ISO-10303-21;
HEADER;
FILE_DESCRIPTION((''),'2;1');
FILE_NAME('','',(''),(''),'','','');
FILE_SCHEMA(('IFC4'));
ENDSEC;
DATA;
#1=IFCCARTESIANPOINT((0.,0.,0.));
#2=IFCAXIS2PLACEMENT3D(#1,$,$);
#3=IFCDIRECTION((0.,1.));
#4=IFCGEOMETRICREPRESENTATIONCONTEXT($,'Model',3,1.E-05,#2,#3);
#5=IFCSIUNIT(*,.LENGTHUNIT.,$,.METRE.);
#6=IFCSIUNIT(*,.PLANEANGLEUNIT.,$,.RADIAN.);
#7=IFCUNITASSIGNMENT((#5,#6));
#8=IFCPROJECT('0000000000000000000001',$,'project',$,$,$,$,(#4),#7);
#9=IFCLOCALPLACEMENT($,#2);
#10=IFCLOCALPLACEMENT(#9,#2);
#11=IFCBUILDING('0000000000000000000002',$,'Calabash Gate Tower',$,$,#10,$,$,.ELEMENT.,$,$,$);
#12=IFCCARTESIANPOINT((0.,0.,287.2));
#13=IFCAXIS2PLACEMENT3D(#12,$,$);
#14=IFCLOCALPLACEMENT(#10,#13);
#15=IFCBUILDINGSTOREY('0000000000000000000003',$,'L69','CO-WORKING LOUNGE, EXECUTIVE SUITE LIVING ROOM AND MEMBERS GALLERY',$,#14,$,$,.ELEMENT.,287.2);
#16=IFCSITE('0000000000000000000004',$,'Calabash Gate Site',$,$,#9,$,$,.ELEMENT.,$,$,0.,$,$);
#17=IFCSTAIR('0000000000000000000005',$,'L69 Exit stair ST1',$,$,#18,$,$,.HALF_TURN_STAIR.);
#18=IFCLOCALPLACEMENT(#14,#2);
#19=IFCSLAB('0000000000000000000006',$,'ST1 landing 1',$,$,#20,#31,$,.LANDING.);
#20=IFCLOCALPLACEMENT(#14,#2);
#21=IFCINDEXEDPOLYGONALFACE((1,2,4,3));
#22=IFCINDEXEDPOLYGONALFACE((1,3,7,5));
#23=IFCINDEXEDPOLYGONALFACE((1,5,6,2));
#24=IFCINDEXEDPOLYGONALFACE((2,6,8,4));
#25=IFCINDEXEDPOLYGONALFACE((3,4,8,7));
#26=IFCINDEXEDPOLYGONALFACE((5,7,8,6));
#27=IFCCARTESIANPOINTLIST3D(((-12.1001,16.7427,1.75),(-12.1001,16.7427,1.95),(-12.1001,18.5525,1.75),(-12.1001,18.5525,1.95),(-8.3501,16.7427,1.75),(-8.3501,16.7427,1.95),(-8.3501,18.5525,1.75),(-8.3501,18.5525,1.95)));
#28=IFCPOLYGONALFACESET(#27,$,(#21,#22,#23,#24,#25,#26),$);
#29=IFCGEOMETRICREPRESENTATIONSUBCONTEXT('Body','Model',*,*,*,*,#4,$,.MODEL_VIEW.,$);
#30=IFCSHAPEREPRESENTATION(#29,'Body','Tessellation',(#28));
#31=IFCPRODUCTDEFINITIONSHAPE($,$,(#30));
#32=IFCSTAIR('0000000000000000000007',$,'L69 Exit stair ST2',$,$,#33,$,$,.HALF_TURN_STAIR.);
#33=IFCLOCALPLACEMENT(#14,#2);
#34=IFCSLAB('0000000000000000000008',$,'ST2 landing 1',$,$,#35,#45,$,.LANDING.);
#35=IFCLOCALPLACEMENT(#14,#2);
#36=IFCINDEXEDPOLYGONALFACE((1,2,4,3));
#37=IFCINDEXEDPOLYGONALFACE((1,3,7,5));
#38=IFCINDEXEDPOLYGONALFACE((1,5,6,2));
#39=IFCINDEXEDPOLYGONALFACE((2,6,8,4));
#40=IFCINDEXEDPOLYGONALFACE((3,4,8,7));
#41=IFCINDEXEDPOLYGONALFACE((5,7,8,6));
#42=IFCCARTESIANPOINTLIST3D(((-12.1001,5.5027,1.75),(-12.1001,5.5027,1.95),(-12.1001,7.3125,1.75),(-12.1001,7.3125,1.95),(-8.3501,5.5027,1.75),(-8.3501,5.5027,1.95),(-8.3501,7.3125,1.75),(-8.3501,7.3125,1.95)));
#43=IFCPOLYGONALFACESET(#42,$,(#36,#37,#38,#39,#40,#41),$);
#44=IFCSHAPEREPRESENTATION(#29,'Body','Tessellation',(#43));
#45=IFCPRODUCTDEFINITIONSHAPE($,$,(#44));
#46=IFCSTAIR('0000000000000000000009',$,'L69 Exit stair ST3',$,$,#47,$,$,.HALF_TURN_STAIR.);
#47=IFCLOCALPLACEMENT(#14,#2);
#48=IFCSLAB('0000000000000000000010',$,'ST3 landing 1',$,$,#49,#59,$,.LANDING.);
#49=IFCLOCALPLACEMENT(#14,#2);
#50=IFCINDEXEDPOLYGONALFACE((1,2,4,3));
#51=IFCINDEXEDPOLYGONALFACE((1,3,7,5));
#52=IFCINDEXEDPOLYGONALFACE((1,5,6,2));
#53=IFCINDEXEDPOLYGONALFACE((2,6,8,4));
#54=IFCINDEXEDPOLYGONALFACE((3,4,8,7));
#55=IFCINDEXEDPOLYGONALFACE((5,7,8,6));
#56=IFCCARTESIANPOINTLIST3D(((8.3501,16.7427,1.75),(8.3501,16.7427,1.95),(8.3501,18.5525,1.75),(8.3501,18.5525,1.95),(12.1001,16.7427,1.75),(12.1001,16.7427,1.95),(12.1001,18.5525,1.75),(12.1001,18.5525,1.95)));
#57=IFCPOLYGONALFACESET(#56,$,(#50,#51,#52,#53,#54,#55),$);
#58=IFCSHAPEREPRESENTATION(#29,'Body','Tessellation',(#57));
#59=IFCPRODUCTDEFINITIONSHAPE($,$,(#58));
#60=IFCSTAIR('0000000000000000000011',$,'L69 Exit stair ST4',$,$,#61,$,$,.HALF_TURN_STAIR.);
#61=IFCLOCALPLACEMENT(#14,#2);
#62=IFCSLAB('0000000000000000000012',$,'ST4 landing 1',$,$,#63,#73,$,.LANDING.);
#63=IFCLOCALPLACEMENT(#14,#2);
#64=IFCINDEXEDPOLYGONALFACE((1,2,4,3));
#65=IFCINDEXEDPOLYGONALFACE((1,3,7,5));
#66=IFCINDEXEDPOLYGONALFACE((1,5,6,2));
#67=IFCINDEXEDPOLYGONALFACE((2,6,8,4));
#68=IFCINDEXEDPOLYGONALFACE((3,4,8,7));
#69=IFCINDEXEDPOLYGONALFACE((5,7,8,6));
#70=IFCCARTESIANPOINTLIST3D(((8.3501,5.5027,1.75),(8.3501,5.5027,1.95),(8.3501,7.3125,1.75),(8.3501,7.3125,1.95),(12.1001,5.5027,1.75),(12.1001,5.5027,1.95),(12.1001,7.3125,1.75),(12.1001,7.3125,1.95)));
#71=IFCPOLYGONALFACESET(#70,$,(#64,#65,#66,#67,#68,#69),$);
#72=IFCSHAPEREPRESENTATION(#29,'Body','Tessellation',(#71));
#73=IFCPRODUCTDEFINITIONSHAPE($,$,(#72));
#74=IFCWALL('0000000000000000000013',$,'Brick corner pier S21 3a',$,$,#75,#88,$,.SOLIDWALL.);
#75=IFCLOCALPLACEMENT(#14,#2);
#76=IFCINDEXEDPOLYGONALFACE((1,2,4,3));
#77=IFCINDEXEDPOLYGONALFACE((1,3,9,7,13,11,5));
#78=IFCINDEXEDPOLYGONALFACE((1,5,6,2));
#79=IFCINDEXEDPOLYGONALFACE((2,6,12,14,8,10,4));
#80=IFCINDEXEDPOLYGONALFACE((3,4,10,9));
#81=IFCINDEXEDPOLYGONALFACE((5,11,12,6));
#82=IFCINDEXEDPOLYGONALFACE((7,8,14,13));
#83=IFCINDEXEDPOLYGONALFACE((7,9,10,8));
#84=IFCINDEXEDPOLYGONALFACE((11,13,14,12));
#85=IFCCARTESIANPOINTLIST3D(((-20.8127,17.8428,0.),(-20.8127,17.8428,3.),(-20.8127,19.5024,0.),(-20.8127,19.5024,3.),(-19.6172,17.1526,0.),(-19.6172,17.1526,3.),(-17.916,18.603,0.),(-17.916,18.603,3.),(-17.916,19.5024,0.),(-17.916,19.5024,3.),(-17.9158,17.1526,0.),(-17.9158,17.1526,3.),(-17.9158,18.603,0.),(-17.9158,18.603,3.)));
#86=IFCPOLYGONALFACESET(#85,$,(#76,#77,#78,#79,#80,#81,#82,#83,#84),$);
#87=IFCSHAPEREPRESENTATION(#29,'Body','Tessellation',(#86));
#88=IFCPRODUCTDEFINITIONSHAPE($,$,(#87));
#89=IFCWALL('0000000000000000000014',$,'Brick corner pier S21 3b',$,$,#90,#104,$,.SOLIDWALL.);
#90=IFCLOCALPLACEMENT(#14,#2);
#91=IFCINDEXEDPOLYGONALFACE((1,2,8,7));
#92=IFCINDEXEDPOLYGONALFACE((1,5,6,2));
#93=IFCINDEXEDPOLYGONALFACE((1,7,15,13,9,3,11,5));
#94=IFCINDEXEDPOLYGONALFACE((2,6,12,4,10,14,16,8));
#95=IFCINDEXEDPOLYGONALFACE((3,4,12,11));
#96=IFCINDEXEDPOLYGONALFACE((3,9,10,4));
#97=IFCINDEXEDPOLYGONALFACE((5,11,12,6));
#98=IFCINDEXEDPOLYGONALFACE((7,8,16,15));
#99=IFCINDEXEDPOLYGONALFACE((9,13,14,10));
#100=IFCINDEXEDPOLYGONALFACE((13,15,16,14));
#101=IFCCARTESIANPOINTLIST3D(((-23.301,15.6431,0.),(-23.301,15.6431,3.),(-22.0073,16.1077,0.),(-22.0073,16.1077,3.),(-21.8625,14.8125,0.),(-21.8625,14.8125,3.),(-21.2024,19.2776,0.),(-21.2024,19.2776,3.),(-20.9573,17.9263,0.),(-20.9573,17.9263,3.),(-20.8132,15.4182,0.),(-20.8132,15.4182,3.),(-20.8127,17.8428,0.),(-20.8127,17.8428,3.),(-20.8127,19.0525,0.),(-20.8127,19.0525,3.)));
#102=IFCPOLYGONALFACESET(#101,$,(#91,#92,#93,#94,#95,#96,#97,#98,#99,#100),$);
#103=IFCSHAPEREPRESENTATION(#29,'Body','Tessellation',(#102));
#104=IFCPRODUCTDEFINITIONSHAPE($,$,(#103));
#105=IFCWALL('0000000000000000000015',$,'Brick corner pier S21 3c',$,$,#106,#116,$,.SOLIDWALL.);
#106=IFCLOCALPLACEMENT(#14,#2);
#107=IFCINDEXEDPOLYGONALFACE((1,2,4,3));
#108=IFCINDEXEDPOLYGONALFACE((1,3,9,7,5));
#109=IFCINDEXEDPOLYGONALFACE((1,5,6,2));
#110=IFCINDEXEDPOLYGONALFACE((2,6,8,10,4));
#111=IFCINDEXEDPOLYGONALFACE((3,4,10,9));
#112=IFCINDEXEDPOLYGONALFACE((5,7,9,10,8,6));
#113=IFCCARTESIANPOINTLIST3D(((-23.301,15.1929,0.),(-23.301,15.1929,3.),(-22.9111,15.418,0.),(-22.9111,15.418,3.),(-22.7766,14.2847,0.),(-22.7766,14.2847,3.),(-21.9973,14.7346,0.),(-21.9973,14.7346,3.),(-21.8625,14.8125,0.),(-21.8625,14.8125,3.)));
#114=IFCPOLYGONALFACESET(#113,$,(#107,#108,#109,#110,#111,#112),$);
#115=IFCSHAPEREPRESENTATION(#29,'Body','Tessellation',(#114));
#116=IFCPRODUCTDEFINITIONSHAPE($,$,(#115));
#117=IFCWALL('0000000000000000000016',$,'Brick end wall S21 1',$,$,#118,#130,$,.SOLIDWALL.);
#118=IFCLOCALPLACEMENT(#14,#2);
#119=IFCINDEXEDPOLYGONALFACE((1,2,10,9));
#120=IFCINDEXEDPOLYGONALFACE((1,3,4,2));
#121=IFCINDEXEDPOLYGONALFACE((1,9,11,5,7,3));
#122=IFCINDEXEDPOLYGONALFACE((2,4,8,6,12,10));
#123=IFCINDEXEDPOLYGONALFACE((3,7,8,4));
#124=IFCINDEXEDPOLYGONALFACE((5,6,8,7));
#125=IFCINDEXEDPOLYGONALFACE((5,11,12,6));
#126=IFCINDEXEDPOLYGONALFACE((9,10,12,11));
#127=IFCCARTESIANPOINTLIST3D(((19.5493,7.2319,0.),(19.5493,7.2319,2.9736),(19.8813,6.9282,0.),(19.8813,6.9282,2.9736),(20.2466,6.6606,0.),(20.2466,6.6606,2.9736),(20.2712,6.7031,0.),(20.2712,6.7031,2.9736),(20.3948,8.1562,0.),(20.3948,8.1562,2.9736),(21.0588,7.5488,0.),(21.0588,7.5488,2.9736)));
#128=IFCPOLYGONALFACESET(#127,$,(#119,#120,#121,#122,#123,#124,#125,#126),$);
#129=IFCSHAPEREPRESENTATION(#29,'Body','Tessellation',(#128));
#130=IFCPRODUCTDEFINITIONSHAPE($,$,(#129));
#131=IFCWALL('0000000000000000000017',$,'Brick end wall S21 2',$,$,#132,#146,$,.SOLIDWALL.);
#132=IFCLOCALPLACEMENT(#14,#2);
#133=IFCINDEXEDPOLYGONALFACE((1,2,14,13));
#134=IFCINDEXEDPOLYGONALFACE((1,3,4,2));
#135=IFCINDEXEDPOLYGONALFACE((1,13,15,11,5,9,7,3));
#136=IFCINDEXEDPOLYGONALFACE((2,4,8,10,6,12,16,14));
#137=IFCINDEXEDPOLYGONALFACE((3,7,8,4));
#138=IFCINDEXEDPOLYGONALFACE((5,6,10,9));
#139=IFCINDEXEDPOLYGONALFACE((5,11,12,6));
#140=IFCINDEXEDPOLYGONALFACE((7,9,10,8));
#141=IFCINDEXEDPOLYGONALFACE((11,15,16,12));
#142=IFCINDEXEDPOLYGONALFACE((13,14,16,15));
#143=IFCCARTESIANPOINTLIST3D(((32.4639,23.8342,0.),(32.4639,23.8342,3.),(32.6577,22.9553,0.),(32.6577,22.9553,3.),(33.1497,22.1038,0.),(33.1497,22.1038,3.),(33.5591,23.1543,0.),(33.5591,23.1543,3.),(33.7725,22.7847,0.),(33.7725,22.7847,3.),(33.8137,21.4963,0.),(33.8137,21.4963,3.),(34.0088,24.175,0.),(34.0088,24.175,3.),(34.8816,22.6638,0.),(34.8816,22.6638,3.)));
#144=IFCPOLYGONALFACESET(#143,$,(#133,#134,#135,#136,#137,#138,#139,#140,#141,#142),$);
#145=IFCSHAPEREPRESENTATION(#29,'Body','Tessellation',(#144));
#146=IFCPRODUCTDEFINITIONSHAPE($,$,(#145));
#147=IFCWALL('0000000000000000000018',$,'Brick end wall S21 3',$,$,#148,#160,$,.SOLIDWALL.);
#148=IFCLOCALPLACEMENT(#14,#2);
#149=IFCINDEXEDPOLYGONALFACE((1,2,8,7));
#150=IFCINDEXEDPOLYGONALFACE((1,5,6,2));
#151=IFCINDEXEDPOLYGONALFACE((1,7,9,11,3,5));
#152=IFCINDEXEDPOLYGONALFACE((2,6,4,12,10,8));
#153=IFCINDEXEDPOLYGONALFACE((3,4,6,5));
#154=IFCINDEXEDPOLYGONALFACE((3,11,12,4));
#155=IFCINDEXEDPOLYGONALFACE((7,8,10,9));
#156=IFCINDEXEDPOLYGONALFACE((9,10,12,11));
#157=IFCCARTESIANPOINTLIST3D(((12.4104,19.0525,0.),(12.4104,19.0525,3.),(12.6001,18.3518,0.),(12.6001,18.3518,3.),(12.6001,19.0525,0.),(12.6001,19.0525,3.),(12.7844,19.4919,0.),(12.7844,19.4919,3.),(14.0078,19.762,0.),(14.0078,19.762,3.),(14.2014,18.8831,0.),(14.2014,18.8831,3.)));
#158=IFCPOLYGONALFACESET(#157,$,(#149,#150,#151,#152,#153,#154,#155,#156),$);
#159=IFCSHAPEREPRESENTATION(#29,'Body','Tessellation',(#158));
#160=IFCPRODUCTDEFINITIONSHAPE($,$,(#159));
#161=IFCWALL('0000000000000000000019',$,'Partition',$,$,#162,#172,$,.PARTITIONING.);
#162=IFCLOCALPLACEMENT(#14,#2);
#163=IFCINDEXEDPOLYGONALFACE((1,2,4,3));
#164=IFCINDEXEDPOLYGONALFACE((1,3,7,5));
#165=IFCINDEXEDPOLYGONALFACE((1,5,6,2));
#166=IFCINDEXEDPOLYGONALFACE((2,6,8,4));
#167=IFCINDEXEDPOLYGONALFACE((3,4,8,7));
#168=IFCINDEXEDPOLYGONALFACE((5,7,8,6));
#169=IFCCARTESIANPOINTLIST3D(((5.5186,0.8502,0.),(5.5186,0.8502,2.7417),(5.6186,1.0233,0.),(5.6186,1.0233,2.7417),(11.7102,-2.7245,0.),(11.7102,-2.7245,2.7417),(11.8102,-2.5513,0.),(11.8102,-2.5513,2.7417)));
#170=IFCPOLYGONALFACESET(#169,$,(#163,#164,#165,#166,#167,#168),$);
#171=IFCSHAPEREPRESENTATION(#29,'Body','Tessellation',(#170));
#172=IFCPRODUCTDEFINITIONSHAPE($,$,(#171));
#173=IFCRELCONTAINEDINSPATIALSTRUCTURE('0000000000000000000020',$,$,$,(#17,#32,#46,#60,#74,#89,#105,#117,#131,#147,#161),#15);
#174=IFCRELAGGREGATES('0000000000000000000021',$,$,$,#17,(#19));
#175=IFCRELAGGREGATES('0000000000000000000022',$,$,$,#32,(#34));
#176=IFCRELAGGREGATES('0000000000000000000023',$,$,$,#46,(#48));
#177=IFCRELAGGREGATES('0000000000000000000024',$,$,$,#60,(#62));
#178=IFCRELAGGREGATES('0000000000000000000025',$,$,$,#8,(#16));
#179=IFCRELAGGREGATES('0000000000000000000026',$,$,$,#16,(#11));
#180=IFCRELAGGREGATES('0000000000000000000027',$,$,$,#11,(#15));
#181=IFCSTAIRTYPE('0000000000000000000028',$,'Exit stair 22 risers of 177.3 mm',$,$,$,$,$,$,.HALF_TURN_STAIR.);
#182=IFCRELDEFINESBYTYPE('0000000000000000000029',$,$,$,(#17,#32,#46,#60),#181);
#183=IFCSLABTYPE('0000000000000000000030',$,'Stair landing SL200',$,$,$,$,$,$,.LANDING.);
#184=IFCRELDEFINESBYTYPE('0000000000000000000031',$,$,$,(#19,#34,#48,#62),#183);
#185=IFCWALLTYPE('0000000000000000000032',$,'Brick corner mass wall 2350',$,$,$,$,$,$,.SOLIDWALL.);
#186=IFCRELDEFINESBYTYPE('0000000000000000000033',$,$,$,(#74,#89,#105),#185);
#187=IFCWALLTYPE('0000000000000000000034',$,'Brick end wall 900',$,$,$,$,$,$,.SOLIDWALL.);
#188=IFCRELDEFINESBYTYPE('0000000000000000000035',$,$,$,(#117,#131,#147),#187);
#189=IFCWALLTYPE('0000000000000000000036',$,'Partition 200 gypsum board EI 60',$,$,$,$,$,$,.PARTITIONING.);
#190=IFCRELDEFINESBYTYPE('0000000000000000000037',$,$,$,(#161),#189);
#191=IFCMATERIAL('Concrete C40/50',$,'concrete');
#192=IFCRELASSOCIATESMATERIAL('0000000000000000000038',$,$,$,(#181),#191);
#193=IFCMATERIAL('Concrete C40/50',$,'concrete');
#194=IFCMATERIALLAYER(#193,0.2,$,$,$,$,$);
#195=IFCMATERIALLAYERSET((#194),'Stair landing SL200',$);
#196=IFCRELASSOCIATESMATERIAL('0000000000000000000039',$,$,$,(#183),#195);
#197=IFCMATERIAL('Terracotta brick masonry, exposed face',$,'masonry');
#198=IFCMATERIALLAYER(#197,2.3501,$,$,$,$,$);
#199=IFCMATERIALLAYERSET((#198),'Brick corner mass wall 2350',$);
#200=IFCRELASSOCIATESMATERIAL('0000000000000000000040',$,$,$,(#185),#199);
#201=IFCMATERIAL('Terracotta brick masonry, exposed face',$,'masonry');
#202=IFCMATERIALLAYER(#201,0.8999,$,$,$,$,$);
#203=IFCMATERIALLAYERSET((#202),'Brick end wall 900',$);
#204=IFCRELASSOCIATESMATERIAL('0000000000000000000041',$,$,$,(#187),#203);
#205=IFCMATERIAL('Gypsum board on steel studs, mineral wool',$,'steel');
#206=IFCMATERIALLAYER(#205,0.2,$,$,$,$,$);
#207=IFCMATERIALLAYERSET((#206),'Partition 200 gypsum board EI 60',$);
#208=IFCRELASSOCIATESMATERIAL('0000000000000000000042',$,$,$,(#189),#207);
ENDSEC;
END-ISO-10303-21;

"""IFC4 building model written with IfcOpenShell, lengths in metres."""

from ifc_helpers import new_model, si_unit, direction, frame, frame_2d, origin, place, context, subcontext, project, spatial, polyline, rectangle, outline, extrude, material, layer, layer_set, type_object, element, aggregate, save


model = new_model("IFC4")

# Units and contexts
model_context = context("Model", 3, precision=1e-05, world=origin(), true_north=direction((0.0, 1.0)))
body_context = subcontext(model_context, "Body", "Model", "MODEL_VIEW")
ifc_project = project(units=[si_unit("LENGTHUNIT", "METRE"), si_unit("PLANEANGLEUNIT", "RADIAN")], contexts=[model_context])

# Site, building, storey
site_placement = place(None, origin())
site = spatial("IfcSite", under=ifc_project, at=site_placement, Name="Calabash Gate Site", CompositionType="ELEMENT", RefElevation=0.0)
building_placement = place(site_placement, origin())
building = spatial("IfcBuilding", under=site, at=building_placement, Name="Calabash Gate Tower", CompositionType="ELEMENT")
storey_placement = place(building_placement, frame((0.0, 0.0, 287.2)))
storey = spatial("IfcBuildingStorey", under=building, at=storey_placement, Name="L69", Description="CO-WORKING LOUNGE, EXECUTIVE SUITE LIVING ROOM AND MEMBERS GALLERY", CompositionType="ELEMENT", Elevation=287.2)

# Stairs, slabs
ifc_material_1 = material(Name="Concrete C40/50", Category="concrete")
stair_type = type_object("IfcStairType", Name="Exit stair 22 risers of 177.3 mm", PredefinedType="HALF_TURN_STAIR", material=ifc_material_1)
stair_1_placement = place(storey_placement, origin())
stair_1 = element("IfcStair", 1, at=stair_1_placement, inside=storey, type_object=stair_type, Name="L69 Exit stair ST1", PredefinedType="HALF_TURN_STAIR")
ifc_material_2 = material(Name="Concrete C40/50", Category="concrete")
ifc_layer_1 = layer(ifc_material_2, 0.2)
ifc_layer_set_1 = layer_set([ifc_layer_1], Name="Stair landing SL200")
slab_type = type_object("IfcSlabType", Name="Stair landing SL200", PredefinedType="LANDING", material=ifc_layer_set_1)
slab_1_placement = place(storey_placement, frame((0.0, 0.0, 1.75)))
slab_1 = element("IfcSlab", 2, at=slab_1_placement, type_object=slab_type, Name="ST1 landing 1", PredefinedType="LANDING", context=body_context, shape_type="SweptSolid", body=[
    extrude(outline(polyline([(-8.3501, 16.7427), (-8.3501, 18.5525), (-12.1001, 18.5525), (-12.1001, 16.7427), (-8.3501, 16.7427)])), origin(), (0.0, 0.0, 1.0), 0.2),
])
aggregate(stair_1, [slab_1])
stair_2_placement = place(storey_placement, origin())
stair_2 = element("IfcStair", 3, at=stair_2_placement, inside=storey, type_object=stair_type, Name="L69 Exit stair ST2", PredefinedType="HALF_TURN_STAIR")
slab_2_placement = place(storey_placement, frame((0.0, 0.0, 1.75)))
slab_2 = element("IfcSlab", 4, at=slab_2_placement, type_object=slab_type, Name="ST2 landing 1", PredefinedType="LANDING", context=body_context, shape_type="SweptSolid", body=[
    extrude(outline(polyline([(-12.1001, 7.3125), (-12.1001, 5.5027), (-8.3501, 5.5027), (-8.3501, 7.3125), (-12.1001, 7.3125)])), origin(), (0.0, 0.0, 1.0), 0.2),
])
aggregate(stair_2, [slab_2])
stair_3_placement = place(storey_placement, origin())
stair_3 = element("IfcStair", 5, at=stair_3_placement, inside=storey, type_object=stair_type, Name="L69 Exit stair ST3", PredefinedType="HALF_TURN_STAIR")
slab_3_placement = place(storey_placement, frame((0.0, 0.0, 1.75)))
slab_3 = element("IfcSlab", 6, at=slab_3_placement, type_object=slab_type, Name="ST3 landing 1", PredefinedType="LANDING", context=body_context, shape_type="SweptSolid", body=[
    extrude(outline(polyline([(12.1001, 16.7427), (12.1001, 18.5525), (8.3501, 18.5525), (8.3501, 16.7427), (12.1001, 16.7427)])), origin(), (0.0, 0.0, 1.0), 0.2),
])
aggregate(stair_3, [slab_3])
stair_4_placement = place(storey_placement, origin())
stair_4 = element("IfcStair", 7, at=stair_4_placement, inside=storey, type_object=stair_type, Name="L69 Exit stair ST4", PredefinedType="HALF_TURN_STAIR")
slab_4_placement = place(storey_placement, frame((0.0, 0.0, 1.75)))
slab_4 = element("IfcSlab", 8, at=slab_4_placement, type_object=slab_type, Name="ST4 landing 1", PredefinedType="LANDING", context=body_context, shape_type="SweptSolid", body=[
    extrude(outline(polyline([(8.3501, 7.3125), (8.3501, 5.5027), (12.1001, 5.5027), (12.1001, 7.3125), (8.3501, 7.3125)])), origin(), (0.0, 0.0, 1.0), 0.2),
])
aggregate(stair_4, [slab_4])

# Walls
ifc_material_3 = material(Name="Terracotta brick masonry, exposed face", Category="masonry")
ifc_layer_2 = layer(ifc_material_3, 2.3501)
ifc_layer_set_2 = layer_set([ifc_layer_2], Name="Brick corner mass wall 2350")
wall_type_1 = type_object("IfcWallType", Name="Brick corner mass wall 2350", PredefinedType="SOLIDWALL", material=ifc_layer_set_2)
wall_1_placement = place(storey_placement, origin())
element("IfcWall", 9, at=wall_1_placement, inside=storey, type_object=wall_type_1, Name="Brick corner pier S21 3a", PredefinedType="SOLIDWALL", context=body_context, shape_type="SweptSolid", body=[
    extrude(outline(polyline([(-19.6172, 17.1526), (-17.9158, 17.1526), (-17.9158, 18.603), (-17.916, 18.603), (-17.916, 19.5024), (-20.8127, 19.5024), (-20.8127, 17.8428), (-19.6172, 17.1526)])), origin(), (0.0, 0.0, 1.0), 3.0),
])
wall_2_placement = place(storey_placement, origin())
element("IfcWall", 10, at=wall_2_placement, inside=storey, type_object=wall_type_1, Name="Brick corner pier S21 3b", PredefinedType="SOLIDWALL", context=body_context, shape_type="SweptSolid", body=[
    extrude(outline(polyline([(-20.9573, 17.9263), (-20.8127, 17.8428), (-20.8127, 19.0525), (-21.2024, 19.2776), (-23.301, 15.6431), (-21.8625, 14.8125), (-20.8132, 15.4182), (-22.0073, 16.1077), (-20.9573, 17.9263)])), origin(), (0.0, 0.0, 1.0), 3.0),
])
wall_3_placement = place(storey_placement, origin())
element("IfcWall", 11, at=wall_3_placement, inside=storey, type_object=wall_type_1, Name="Brick corner pier S21 3c", PredefinedType="SOLIDWALL", context=body_context, shape_type="SweptSolid", body=[
    extrude(outline(polyline([(-21.9973, 14.7346), (-21.8625, 14.8125), (-22.9111, 15.418), (-23.301, 15.1929), (-22.7766, 14.2847), (-21.9973, 14.7346), (-21.9973, 14.7346)])), origin(), (0.0, 0.0, 1.0), 3.0),
])
ifc_material_4 = material(Name="Terracotta brick masonry, exposed face", Category="masonry")
ifc_layer_3 = layer(ifc_material_4, 0.8999)
ifc_layer_set_3 = layer_set([ifc_layer_3], Name="Brick end wall 900")
wall_type_2 = type_object("IfcWallType", Name="Brick end wall 900", PredefinedType="SOLIDWALL", material=ifc_layer_set_3)
wall_4_placement = place(storey_placement, origin())
element("IfcWall", 12, at=wall_4_placement, inside=storey, type_object=wall_type_2, Name="Brick end wall S21 1", PredefinedType="SOLIDWALL", context=body_context, shape_type="SweptSolid", body=[
    extrude(outline(polyline([(20.3948, 8.1562), (19.5493, 7.2319), (19.8813, 6.9282), (20.2712, 6.7031), (20.2466, 6.6606), (21.0588, 7.5488), (20.3948, 8.1562)])), origin(), (0.0, 0.0, 1.0), 2.9736),
])
wall_5_placement = place(storey_placement, origin())
element("IfcWall", 13, at=wall_5_placement, inside=storey, type_object=wall_type_2, Name="Brick end wall S21 2", PredefinedType="SOLIDWALL", context=body_context, shape_type="SweptSolid", body=[
    extrude(outline(polyline([(33.8137, 21.4963), (34.8816, 22.6638), (34.0088, 24.175), (32.4639, 23.8342), (32.6577, 22.9553), (33.5591, 23.1543), (33.7725, 22.7847), (33.1497, 22.1038), (33.8137, 21.4963)])), origin(), (0.0, 0.0, 1.0), 3.0),
])
wall_6_placement = place(storey_placement, origin())
element("IfcWall", 14, at=wall_6_placement, inside=storey, type_object=wall_type_2, Name="Brick end wall S21 3", PredefinedType="SOLIDWALL", context=body_context, shape_type="SweptSolid", body=[
    extrude(outline(polyline([(14.2014, 18.8831), (14.0078, 19.762), (12.7844, 19.4919), (12.4104, 19.0525), (12.6001, 19.0525), (12.6001, 18.3518), (14.2014, 18.8831)])), origin(), (0.0, 0.0, 1.0), 3.0),
])
ifc_material_5 = material(Name="Gypsum board on steel studs, mineral wool", Category="steel")
ifc_layer_4 = layer(ifc_material_5, 0.2)
ifc_layer_set_4 = layer_set([ifc_layer_4], Name="Partition 200 gypsum board EI 60")
wall_type_3 = type_object("IfcWallType", Name="Partition 200 gypsum board EI 60", PredefinedType="PARTITIONING", material=ifc_layer_set_4)
wall_7_placement = place(storey_placement, frame((5.5686, 0.9368, 0.0), z_axis=(0.0, 0.0, 1.0), x_axis=(0.866028, -0.499995, 0.0)))
element("IfcWall", 15, at=wall_7_placement, inside=storey, type_object=wall_type_3, Name="Partition", PredefinedType="PARTITIONING", context=body_context, shape_type="SweptSolid", body=[
    extrude(rectangle(XDim=7.1494, YDim=0.2, at=frame_2d((3.5747, 0.0))), origin(), (0.0, 0.0, 1.0), 2.7417),
])

save(model, "model.ifc")
